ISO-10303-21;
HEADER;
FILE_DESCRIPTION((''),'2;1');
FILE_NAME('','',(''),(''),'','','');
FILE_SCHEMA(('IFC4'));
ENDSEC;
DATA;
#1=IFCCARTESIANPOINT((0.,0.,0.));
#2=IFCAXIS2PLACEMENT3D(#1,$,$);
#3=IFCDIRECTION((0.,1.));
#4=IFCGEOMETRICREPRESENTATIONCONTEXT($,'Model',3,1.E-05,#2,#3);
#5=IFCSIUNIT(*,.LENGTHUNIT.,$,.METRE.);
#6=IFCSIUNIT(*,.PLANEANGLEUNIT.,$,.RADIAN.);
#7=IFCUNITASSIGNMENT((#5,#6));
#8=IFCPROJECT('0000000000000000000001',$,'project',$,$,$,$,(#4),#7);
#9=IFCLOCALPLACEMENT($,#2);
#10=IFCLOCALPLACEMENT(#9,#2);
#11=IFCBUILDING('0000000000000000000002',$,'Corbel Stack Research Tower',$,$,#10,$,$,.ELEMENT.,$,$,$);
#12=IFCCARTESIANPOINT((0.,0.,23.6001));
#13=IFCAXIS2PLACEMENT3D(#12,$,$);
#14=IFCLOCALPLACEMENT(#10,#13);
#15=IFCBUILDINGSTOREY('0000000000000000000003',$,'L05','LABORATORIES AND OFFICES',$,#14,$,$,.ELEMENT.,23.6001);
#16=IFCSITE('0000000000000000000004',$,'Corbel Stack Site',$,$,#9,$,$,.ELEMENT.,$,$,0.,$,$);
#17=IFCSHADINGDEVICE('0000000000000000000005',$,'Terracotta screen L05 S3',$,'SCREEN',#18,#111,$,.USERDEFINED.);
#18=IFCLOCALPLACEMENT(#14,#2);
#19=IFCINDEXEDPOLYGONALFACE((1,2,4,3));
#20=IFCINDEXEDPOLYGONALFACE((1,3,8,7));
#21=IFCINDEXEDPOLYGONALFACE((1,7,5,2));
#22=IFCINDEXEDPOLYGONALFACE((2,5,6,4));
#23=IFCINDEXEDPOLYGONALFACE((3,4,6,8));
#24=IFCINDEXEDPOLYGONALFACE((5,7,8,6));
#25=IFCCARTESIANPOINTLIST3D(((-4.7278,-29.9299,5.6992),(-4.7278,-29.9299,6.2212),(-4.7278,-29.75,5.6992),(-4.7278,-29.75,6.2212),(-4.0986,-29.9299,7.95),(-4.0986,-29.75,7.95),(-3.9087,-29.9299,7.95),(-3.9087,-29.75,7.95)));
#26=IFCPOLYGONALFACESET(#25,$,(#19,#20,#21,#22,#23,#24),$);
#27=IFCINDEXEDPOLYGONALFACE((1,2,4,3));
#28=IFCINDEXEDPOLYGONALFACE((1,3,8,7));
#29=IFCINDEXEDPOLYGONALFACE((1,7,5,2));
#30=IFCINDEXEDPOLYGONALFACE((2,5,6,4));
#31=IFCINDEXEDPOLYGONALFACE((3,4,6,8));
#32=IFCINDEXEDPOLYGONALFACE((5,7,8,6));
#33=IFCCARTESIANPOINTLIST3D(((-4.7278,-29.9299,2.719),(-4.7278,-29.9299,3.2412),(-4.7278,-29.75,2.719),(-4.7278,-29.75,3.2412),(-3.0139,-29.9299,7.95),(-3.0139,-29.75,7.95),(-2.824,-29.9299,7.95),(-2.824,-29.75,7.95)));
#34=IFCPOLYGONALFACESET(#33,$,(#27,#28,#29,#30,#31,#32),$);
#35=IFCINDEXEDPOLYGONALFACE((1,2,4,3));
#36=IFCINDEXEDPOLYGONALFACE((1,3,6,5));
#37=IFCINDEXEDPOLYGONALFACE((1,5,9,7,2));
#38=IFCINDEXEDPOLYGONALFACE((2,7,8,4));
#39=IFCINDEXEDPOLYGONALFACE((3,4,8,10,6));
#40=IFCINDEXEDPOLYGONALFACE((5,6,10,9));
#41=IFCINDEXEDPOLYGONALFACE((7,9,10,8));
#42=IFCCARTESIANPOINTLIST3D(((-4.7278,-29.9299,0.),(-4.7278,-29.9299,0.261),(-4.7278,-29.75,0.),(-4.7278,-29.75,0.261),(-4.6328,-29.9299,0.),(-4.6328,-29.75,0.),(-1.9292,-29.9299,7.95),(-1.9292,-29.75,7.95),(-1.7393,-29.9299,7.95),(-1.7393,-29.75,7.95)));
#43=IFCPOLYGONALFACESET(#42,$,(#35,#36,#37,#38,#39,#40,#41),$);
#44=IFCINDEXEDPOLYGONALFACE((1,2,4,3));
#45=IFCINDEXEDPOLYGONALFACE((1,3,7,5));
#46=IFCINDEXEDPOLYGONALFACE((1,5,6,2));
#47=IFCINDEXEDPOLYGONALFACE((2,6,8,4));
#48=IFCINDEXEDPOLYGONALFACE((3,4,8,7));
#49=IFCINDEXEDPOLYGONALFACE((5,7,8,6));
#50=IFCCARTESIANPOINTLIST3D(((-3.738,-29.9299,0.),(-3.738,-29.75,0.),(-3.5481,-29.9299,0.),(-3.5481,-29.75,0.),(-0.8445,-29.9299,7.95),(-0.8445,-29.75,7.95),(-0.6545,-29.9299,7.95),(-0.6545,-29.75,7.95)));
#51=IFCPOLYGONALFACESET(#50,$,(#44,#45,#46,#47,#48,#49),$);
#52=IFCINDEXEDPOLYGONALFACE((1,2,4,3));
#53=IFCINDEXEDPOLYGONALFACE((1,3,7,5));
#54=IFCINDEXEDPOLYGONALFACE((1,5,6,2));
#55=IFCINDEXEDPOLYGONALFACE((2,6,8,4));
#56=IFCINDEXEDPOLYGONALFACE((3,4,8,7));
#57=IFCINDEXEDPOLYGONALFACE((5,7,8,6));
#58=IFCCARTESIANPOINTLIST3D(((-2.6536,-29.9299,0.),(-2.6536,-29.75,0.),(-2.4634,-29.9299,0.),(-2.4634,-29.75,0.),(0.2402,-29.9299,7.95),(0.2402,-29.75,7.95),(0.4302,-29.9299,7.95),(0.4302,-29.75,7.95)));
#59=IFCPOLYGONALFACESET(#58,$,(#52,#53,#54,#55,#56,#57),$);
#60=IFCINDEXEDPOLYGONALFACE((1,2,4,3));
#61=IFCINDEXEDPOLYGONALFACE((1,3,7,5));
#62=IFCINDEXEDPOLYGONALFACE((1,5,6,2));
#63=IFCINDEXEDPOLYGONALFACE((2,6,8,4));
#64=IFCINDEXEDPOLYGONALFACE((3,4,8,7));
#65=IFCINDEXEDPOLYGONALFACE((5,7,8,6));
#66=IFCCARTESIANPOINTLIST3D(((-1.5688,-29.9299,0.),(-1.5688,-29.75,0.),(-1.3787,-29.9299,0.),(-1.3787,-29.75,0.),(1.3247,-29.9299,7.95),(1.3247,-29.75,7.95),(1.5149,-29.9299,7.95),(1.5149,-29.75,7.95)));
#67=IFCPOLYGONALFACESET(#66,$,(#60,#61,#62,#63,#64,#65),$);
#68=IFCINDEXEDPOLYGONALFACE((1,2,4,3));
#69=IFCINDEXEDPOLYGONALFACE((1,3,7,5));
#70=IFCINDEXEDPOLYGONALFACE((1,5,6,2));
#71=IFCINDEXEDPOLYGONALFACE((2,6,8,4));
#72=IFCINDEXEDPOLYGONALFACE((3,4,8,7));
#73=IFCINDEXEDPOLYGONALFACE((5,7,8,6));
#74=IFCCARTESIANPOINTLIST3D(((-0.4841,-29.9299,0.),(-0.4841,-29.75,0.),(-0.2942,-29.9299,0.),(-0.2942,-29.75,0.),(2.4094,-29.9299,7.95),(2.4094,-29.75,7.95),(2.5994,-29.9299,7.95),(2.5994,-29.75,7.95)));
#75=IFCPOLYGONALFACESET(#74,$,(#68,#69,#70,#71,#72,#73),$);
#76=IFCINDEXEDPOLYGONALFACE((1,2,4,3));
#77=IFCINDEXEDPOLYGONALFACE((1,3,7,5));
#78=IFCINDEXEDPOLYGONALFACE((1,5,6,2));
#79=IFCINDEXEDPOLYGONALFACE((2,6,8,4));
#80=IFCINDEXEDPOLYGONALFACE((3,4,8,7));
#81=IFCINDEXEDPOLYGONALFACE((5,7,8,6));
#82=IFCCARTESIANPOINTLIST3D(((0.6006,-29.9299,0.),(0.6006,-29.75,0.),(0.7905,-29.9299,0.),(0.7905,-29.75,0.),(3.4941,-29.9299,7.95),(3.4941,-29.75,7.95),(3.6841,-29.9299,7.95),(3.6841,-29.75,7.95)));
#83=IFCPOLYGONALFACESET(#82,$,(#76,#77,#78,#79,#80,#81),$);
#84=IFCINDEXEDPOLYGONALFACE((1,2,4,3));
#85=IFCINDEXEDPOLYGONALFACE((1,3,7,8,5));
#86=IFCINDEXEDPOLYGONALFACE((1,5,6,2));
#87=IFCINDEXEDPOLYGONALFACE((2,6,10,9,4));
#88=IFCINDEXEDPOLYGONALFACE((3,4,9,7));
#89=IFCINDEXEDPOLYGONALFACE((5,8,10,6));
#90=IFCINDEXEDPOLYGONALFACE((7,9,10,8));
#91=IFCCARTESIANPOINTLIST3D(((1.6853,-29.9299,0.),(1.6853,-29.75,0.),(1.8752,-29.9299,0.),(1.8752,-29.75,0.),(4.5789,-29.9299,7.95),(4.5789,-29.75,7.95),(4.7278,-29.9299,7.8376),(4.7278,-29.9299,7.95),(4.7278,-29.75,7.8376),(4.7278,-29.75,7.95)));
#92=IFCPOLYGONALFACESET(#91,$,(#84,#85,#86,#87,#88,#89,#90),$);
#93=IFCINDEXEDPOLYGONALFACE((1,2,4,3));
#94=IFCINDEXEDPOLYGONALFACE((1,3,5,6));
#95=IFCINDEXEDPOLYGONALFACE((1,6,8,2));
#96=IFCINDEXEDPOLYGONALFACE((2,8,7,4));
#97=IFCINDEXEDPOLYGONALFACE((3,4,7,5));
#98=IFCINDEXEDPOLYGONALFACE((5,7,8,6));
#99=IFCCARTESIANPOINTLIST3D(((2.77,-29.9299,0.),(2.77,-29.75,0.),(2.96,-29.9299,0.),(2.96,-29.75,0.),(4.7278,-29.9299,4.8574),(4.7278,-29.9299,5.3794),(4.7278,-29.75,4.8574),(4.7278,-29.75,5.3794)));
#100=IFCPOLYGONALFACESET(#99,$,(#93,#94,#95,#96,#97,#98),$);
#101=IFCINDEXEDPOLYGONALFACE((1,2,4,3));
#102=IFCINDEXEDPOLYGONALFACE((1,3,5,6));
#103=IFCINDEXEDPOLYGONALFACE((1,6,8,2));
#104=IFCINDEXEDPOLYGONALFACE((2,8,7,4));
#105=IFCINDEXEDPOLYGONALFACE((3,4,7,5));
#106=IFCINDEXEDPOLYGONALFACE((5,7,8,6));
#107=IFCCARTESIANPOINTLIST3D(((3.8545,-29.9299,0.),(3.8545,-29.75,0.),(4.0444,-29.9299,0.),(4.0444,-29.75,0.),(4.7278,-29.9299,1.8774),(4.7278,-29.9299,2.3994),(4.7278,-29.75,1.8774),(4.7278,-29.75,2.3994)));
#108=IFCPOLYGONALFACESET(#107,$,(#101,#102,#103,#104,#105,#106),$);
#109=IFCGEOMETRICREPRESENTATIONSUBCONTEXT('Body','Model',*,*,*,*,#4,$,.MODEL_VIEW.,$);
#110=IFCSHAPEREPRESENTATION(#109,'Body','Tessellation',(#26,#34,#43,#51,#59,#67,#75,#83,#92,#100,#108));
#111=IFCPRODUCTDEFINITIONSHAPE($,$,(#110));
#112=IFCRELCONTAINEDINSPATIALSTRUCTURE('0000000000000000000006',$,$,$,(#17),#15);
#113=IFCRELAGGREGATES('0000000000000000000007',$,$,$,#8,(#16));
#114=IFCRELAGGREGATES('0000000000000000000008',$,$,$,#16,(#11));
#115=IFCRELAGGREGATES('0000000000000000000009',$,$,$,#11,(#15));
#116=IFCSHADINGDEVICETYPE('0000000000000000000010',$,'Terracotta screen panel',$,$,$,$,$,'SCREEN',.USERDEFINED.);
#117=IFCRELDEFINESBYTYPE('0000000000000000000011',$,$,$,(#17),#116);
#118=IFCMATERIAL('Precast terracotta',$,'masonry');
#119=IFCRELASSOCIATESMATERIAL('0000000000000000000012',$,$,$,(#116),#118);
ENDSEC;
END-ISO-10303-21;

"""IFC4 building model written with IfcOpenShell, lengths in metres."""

from ifc_helpers import new_model, si_unit, direction, frame, origin, place, context, subcontext, project, spatial, polyline, outline, extrude, source, transform, mapped, material, type_object, element, save


model = new_model("IFC4")

# Units and contexts
model_context = context("Model", 3, precision=1e-05, world=origin(), true_north=direction((0.0, 1.0)))
body_context = subcontext(model_context, "Body", "Model", "MODEL_VIEW")
ifc_project = project(units=[si_unit("LENGTHUNIT", "METRE"), si_unit("PLANEANGLEUNIT", "RADIAN")], contexts=[model_context])

# Site, building, storey
site_placement = place(None, origin())
site = spatial("IfcSite", under=ifc_project, at=site_placement, Name="Corbel Stack Site", CompositionType="ELEMENT", RefElevation=0.0)
building_placement = place(site_placement, origin())
building = spatial("IfcBuilding", under=site, at=building_placement, Name="Corbel Stack Research Tower", CompositionType="ELEMENT")
storey_placement = place(building_placement, frame((0.0, 0.0, 23.6001)))
storey = spatial("IfcBuildingStorey", under=building, at=storey_placement, Name="L05", Description="LABORATORIES AND OFFICES", CompositionType="ELEMENT", Elevation=23.6001)

# Shading device
ifc_material_1 = material(Name="Precast terracotta", Category="masonry")
shading_device_type = type_object("IfcShadingDeviceType", Name="Terracotta screen panel", ElementType="SCREEN", PredefinedType="USERDEFINED", material=ifc_material_1)
shared_shape = source(origin(), body_context, "Body", "SweptSolid", [
    extrude(outline(polyline([(0.8191, 7.95), (0.6292, 7.95), (0.0, 6.2212), (0.0, 5.6992), (0.8191, 7.95)])), frame((0.0, 0.0, 0.0), z_axis=(0.0, -1.0, 0.0), x_axis=(1.0, 0.0, 0.0)), (0.0, 0.0, 1.0), 0.1799),
    extrude(outline(polyline([(1.9038, 7.95), (1.7139, 7.95), (0.0, 3.2412), (0.0, 2.719), (1.9038, 7.95)])), frame((0.0, 0.0, 0.0), z_axis=(0.0, -1.0, 0.0), x_axis=(1.0, 0.0, 0.0)), (0.0, 0.0, 1.0), 0.1799),
    extrude(outline(polyline([(0.095, 0.0), (2.9885, 7.95), (2.7986, 7.95), (0.0, 0.261), (0.0, 0.0), (0.095, 0.0)])), frame((0.0, 0.0, 0.0), z_axis=(0.0, -1.0, 0.0), x_axis=(1.0, 0.0, 0.0)), (0.0, 0.0, 1.0), 0.1799),
    extrude(outline(polyline([(1.1797, 0.0), (4.0732, 7.95), (3.8833, 7.95), (0.9897, 0.0), (1.1797, 0.0)])), frame((0.0, 0.0, 0.0), z_axis=(0.0, -1.0, 0.0), x_axis=(1.0, 0.0, 0.0)), (0.0, 0.0, 1.0), 0.1799),
    extrude(outline(polyline([(2.2644, 0.0), (5.158, 7.95), (4.968, 7.95), (2.0742, 0.0), (2.2644, 0.0)])), frame((0.0, 0.0, 0.0), z_axis=(0.0, -1.0, 0.0), x_axis=(1.0, 0.0, 0.0)), (0.0, 0.0, 1.0), 0.1799),
    extrude(outline(polyline([(3.3491, 0.0), (6.2427, 7.95), (6.0525, 7.95), (3.1589, 0.0), (3.3491, 0.0)])), frame((0.0, 0.0, 0.0), z_axis=(0.0, -1.0, 0.0), x_axis=(1.0, 0.0, 0.0)), (0.0, 0.0, 1.0), 0.1799),
    extrude(outline(polyline([(4.4336, 0.0), (7.3271, 7.95), (7.1372, 7.95), (4.2437, 0.0), (4.4336, 0.0)])), frame((0.0, 0.0, 0.0), z_axis=(0.0, -1.0, 0.0), x_axis=(1.0, 0.0, 0.0)), (0.0, 0.0, 1.0), 0.1799),
    extrude(outline(polyline([(5.5183, 0.0), (8.4119, 7.95), (8.2219, 7.95), (5.3284, 0.0), (5.5183, 0.0)])), frame((0.0, 0.0, 0.0), z_axis=(0.0, -1.0, 0.0), x_axis=(1.0, 0.0, 0.0)), (0.0, 0.0, 1.0), 0.1799),
    extrude(outline(polyline([(6.603, 0.0), (9.4556, 7.8376), (9.4556, 7.95), (9.3066, 7.95), (6.4131, 0.0), (6.603, 0.0)])), frame((0.0, 0.0, 0.0), z_axis=(0.0, -1.0, 0.0), x_axis=(1.0, 0.0, 0.0)), (0.0, 0.0, 1.0), 0.1799),
    extrude(outline(polyline([(7.6877, 0.0), (9.4556, 4.8574), (9.4556, 5.3794), (7.4978, 0.0), (7.6877, 0.0)])), frame((0.0, 0.0, 0.0), z_axis=(0.0, -1.0, 0.0), x_axis=(1.0, 0.0, 0.0)), (0.0, 0.0, 1.0), 0.1799),
    extrude(outline(polyline([(8.7722, 0.0), (9.4556, 1.8774), (9.4556, 2.3994), (8.5823, 0.0), (8.7722, 0.0)])), frame((0.0, 0.0, 0.0), z_axis=(0.0, -1.0, 0.0), x_axis=(1.0, 0.0, 0.0)), (0.0, 0.0, 1.0), 0.1799),
])
shading_device_placement = place(storey_placement, frame((-4.7278, -29.75, 0.0), z_axis=(0.0, 0.0, 1.0), x_axis=(1.0, 0.0, 0.0)))
element("IfcShadingDevice", 1, at=shading_device_placement, inside=storey, type_object=shading_device_type, Name="Terracotta screen L05 S3", ObjectType="SCREEN", PredefinedType="USERDEFINED", context=body_context, shape_type="MappedRepresentation", body=[
    mapped(shared_shape, transform((0.0, 0.0, 0.0))),
])

save(model, "model.ifc")
